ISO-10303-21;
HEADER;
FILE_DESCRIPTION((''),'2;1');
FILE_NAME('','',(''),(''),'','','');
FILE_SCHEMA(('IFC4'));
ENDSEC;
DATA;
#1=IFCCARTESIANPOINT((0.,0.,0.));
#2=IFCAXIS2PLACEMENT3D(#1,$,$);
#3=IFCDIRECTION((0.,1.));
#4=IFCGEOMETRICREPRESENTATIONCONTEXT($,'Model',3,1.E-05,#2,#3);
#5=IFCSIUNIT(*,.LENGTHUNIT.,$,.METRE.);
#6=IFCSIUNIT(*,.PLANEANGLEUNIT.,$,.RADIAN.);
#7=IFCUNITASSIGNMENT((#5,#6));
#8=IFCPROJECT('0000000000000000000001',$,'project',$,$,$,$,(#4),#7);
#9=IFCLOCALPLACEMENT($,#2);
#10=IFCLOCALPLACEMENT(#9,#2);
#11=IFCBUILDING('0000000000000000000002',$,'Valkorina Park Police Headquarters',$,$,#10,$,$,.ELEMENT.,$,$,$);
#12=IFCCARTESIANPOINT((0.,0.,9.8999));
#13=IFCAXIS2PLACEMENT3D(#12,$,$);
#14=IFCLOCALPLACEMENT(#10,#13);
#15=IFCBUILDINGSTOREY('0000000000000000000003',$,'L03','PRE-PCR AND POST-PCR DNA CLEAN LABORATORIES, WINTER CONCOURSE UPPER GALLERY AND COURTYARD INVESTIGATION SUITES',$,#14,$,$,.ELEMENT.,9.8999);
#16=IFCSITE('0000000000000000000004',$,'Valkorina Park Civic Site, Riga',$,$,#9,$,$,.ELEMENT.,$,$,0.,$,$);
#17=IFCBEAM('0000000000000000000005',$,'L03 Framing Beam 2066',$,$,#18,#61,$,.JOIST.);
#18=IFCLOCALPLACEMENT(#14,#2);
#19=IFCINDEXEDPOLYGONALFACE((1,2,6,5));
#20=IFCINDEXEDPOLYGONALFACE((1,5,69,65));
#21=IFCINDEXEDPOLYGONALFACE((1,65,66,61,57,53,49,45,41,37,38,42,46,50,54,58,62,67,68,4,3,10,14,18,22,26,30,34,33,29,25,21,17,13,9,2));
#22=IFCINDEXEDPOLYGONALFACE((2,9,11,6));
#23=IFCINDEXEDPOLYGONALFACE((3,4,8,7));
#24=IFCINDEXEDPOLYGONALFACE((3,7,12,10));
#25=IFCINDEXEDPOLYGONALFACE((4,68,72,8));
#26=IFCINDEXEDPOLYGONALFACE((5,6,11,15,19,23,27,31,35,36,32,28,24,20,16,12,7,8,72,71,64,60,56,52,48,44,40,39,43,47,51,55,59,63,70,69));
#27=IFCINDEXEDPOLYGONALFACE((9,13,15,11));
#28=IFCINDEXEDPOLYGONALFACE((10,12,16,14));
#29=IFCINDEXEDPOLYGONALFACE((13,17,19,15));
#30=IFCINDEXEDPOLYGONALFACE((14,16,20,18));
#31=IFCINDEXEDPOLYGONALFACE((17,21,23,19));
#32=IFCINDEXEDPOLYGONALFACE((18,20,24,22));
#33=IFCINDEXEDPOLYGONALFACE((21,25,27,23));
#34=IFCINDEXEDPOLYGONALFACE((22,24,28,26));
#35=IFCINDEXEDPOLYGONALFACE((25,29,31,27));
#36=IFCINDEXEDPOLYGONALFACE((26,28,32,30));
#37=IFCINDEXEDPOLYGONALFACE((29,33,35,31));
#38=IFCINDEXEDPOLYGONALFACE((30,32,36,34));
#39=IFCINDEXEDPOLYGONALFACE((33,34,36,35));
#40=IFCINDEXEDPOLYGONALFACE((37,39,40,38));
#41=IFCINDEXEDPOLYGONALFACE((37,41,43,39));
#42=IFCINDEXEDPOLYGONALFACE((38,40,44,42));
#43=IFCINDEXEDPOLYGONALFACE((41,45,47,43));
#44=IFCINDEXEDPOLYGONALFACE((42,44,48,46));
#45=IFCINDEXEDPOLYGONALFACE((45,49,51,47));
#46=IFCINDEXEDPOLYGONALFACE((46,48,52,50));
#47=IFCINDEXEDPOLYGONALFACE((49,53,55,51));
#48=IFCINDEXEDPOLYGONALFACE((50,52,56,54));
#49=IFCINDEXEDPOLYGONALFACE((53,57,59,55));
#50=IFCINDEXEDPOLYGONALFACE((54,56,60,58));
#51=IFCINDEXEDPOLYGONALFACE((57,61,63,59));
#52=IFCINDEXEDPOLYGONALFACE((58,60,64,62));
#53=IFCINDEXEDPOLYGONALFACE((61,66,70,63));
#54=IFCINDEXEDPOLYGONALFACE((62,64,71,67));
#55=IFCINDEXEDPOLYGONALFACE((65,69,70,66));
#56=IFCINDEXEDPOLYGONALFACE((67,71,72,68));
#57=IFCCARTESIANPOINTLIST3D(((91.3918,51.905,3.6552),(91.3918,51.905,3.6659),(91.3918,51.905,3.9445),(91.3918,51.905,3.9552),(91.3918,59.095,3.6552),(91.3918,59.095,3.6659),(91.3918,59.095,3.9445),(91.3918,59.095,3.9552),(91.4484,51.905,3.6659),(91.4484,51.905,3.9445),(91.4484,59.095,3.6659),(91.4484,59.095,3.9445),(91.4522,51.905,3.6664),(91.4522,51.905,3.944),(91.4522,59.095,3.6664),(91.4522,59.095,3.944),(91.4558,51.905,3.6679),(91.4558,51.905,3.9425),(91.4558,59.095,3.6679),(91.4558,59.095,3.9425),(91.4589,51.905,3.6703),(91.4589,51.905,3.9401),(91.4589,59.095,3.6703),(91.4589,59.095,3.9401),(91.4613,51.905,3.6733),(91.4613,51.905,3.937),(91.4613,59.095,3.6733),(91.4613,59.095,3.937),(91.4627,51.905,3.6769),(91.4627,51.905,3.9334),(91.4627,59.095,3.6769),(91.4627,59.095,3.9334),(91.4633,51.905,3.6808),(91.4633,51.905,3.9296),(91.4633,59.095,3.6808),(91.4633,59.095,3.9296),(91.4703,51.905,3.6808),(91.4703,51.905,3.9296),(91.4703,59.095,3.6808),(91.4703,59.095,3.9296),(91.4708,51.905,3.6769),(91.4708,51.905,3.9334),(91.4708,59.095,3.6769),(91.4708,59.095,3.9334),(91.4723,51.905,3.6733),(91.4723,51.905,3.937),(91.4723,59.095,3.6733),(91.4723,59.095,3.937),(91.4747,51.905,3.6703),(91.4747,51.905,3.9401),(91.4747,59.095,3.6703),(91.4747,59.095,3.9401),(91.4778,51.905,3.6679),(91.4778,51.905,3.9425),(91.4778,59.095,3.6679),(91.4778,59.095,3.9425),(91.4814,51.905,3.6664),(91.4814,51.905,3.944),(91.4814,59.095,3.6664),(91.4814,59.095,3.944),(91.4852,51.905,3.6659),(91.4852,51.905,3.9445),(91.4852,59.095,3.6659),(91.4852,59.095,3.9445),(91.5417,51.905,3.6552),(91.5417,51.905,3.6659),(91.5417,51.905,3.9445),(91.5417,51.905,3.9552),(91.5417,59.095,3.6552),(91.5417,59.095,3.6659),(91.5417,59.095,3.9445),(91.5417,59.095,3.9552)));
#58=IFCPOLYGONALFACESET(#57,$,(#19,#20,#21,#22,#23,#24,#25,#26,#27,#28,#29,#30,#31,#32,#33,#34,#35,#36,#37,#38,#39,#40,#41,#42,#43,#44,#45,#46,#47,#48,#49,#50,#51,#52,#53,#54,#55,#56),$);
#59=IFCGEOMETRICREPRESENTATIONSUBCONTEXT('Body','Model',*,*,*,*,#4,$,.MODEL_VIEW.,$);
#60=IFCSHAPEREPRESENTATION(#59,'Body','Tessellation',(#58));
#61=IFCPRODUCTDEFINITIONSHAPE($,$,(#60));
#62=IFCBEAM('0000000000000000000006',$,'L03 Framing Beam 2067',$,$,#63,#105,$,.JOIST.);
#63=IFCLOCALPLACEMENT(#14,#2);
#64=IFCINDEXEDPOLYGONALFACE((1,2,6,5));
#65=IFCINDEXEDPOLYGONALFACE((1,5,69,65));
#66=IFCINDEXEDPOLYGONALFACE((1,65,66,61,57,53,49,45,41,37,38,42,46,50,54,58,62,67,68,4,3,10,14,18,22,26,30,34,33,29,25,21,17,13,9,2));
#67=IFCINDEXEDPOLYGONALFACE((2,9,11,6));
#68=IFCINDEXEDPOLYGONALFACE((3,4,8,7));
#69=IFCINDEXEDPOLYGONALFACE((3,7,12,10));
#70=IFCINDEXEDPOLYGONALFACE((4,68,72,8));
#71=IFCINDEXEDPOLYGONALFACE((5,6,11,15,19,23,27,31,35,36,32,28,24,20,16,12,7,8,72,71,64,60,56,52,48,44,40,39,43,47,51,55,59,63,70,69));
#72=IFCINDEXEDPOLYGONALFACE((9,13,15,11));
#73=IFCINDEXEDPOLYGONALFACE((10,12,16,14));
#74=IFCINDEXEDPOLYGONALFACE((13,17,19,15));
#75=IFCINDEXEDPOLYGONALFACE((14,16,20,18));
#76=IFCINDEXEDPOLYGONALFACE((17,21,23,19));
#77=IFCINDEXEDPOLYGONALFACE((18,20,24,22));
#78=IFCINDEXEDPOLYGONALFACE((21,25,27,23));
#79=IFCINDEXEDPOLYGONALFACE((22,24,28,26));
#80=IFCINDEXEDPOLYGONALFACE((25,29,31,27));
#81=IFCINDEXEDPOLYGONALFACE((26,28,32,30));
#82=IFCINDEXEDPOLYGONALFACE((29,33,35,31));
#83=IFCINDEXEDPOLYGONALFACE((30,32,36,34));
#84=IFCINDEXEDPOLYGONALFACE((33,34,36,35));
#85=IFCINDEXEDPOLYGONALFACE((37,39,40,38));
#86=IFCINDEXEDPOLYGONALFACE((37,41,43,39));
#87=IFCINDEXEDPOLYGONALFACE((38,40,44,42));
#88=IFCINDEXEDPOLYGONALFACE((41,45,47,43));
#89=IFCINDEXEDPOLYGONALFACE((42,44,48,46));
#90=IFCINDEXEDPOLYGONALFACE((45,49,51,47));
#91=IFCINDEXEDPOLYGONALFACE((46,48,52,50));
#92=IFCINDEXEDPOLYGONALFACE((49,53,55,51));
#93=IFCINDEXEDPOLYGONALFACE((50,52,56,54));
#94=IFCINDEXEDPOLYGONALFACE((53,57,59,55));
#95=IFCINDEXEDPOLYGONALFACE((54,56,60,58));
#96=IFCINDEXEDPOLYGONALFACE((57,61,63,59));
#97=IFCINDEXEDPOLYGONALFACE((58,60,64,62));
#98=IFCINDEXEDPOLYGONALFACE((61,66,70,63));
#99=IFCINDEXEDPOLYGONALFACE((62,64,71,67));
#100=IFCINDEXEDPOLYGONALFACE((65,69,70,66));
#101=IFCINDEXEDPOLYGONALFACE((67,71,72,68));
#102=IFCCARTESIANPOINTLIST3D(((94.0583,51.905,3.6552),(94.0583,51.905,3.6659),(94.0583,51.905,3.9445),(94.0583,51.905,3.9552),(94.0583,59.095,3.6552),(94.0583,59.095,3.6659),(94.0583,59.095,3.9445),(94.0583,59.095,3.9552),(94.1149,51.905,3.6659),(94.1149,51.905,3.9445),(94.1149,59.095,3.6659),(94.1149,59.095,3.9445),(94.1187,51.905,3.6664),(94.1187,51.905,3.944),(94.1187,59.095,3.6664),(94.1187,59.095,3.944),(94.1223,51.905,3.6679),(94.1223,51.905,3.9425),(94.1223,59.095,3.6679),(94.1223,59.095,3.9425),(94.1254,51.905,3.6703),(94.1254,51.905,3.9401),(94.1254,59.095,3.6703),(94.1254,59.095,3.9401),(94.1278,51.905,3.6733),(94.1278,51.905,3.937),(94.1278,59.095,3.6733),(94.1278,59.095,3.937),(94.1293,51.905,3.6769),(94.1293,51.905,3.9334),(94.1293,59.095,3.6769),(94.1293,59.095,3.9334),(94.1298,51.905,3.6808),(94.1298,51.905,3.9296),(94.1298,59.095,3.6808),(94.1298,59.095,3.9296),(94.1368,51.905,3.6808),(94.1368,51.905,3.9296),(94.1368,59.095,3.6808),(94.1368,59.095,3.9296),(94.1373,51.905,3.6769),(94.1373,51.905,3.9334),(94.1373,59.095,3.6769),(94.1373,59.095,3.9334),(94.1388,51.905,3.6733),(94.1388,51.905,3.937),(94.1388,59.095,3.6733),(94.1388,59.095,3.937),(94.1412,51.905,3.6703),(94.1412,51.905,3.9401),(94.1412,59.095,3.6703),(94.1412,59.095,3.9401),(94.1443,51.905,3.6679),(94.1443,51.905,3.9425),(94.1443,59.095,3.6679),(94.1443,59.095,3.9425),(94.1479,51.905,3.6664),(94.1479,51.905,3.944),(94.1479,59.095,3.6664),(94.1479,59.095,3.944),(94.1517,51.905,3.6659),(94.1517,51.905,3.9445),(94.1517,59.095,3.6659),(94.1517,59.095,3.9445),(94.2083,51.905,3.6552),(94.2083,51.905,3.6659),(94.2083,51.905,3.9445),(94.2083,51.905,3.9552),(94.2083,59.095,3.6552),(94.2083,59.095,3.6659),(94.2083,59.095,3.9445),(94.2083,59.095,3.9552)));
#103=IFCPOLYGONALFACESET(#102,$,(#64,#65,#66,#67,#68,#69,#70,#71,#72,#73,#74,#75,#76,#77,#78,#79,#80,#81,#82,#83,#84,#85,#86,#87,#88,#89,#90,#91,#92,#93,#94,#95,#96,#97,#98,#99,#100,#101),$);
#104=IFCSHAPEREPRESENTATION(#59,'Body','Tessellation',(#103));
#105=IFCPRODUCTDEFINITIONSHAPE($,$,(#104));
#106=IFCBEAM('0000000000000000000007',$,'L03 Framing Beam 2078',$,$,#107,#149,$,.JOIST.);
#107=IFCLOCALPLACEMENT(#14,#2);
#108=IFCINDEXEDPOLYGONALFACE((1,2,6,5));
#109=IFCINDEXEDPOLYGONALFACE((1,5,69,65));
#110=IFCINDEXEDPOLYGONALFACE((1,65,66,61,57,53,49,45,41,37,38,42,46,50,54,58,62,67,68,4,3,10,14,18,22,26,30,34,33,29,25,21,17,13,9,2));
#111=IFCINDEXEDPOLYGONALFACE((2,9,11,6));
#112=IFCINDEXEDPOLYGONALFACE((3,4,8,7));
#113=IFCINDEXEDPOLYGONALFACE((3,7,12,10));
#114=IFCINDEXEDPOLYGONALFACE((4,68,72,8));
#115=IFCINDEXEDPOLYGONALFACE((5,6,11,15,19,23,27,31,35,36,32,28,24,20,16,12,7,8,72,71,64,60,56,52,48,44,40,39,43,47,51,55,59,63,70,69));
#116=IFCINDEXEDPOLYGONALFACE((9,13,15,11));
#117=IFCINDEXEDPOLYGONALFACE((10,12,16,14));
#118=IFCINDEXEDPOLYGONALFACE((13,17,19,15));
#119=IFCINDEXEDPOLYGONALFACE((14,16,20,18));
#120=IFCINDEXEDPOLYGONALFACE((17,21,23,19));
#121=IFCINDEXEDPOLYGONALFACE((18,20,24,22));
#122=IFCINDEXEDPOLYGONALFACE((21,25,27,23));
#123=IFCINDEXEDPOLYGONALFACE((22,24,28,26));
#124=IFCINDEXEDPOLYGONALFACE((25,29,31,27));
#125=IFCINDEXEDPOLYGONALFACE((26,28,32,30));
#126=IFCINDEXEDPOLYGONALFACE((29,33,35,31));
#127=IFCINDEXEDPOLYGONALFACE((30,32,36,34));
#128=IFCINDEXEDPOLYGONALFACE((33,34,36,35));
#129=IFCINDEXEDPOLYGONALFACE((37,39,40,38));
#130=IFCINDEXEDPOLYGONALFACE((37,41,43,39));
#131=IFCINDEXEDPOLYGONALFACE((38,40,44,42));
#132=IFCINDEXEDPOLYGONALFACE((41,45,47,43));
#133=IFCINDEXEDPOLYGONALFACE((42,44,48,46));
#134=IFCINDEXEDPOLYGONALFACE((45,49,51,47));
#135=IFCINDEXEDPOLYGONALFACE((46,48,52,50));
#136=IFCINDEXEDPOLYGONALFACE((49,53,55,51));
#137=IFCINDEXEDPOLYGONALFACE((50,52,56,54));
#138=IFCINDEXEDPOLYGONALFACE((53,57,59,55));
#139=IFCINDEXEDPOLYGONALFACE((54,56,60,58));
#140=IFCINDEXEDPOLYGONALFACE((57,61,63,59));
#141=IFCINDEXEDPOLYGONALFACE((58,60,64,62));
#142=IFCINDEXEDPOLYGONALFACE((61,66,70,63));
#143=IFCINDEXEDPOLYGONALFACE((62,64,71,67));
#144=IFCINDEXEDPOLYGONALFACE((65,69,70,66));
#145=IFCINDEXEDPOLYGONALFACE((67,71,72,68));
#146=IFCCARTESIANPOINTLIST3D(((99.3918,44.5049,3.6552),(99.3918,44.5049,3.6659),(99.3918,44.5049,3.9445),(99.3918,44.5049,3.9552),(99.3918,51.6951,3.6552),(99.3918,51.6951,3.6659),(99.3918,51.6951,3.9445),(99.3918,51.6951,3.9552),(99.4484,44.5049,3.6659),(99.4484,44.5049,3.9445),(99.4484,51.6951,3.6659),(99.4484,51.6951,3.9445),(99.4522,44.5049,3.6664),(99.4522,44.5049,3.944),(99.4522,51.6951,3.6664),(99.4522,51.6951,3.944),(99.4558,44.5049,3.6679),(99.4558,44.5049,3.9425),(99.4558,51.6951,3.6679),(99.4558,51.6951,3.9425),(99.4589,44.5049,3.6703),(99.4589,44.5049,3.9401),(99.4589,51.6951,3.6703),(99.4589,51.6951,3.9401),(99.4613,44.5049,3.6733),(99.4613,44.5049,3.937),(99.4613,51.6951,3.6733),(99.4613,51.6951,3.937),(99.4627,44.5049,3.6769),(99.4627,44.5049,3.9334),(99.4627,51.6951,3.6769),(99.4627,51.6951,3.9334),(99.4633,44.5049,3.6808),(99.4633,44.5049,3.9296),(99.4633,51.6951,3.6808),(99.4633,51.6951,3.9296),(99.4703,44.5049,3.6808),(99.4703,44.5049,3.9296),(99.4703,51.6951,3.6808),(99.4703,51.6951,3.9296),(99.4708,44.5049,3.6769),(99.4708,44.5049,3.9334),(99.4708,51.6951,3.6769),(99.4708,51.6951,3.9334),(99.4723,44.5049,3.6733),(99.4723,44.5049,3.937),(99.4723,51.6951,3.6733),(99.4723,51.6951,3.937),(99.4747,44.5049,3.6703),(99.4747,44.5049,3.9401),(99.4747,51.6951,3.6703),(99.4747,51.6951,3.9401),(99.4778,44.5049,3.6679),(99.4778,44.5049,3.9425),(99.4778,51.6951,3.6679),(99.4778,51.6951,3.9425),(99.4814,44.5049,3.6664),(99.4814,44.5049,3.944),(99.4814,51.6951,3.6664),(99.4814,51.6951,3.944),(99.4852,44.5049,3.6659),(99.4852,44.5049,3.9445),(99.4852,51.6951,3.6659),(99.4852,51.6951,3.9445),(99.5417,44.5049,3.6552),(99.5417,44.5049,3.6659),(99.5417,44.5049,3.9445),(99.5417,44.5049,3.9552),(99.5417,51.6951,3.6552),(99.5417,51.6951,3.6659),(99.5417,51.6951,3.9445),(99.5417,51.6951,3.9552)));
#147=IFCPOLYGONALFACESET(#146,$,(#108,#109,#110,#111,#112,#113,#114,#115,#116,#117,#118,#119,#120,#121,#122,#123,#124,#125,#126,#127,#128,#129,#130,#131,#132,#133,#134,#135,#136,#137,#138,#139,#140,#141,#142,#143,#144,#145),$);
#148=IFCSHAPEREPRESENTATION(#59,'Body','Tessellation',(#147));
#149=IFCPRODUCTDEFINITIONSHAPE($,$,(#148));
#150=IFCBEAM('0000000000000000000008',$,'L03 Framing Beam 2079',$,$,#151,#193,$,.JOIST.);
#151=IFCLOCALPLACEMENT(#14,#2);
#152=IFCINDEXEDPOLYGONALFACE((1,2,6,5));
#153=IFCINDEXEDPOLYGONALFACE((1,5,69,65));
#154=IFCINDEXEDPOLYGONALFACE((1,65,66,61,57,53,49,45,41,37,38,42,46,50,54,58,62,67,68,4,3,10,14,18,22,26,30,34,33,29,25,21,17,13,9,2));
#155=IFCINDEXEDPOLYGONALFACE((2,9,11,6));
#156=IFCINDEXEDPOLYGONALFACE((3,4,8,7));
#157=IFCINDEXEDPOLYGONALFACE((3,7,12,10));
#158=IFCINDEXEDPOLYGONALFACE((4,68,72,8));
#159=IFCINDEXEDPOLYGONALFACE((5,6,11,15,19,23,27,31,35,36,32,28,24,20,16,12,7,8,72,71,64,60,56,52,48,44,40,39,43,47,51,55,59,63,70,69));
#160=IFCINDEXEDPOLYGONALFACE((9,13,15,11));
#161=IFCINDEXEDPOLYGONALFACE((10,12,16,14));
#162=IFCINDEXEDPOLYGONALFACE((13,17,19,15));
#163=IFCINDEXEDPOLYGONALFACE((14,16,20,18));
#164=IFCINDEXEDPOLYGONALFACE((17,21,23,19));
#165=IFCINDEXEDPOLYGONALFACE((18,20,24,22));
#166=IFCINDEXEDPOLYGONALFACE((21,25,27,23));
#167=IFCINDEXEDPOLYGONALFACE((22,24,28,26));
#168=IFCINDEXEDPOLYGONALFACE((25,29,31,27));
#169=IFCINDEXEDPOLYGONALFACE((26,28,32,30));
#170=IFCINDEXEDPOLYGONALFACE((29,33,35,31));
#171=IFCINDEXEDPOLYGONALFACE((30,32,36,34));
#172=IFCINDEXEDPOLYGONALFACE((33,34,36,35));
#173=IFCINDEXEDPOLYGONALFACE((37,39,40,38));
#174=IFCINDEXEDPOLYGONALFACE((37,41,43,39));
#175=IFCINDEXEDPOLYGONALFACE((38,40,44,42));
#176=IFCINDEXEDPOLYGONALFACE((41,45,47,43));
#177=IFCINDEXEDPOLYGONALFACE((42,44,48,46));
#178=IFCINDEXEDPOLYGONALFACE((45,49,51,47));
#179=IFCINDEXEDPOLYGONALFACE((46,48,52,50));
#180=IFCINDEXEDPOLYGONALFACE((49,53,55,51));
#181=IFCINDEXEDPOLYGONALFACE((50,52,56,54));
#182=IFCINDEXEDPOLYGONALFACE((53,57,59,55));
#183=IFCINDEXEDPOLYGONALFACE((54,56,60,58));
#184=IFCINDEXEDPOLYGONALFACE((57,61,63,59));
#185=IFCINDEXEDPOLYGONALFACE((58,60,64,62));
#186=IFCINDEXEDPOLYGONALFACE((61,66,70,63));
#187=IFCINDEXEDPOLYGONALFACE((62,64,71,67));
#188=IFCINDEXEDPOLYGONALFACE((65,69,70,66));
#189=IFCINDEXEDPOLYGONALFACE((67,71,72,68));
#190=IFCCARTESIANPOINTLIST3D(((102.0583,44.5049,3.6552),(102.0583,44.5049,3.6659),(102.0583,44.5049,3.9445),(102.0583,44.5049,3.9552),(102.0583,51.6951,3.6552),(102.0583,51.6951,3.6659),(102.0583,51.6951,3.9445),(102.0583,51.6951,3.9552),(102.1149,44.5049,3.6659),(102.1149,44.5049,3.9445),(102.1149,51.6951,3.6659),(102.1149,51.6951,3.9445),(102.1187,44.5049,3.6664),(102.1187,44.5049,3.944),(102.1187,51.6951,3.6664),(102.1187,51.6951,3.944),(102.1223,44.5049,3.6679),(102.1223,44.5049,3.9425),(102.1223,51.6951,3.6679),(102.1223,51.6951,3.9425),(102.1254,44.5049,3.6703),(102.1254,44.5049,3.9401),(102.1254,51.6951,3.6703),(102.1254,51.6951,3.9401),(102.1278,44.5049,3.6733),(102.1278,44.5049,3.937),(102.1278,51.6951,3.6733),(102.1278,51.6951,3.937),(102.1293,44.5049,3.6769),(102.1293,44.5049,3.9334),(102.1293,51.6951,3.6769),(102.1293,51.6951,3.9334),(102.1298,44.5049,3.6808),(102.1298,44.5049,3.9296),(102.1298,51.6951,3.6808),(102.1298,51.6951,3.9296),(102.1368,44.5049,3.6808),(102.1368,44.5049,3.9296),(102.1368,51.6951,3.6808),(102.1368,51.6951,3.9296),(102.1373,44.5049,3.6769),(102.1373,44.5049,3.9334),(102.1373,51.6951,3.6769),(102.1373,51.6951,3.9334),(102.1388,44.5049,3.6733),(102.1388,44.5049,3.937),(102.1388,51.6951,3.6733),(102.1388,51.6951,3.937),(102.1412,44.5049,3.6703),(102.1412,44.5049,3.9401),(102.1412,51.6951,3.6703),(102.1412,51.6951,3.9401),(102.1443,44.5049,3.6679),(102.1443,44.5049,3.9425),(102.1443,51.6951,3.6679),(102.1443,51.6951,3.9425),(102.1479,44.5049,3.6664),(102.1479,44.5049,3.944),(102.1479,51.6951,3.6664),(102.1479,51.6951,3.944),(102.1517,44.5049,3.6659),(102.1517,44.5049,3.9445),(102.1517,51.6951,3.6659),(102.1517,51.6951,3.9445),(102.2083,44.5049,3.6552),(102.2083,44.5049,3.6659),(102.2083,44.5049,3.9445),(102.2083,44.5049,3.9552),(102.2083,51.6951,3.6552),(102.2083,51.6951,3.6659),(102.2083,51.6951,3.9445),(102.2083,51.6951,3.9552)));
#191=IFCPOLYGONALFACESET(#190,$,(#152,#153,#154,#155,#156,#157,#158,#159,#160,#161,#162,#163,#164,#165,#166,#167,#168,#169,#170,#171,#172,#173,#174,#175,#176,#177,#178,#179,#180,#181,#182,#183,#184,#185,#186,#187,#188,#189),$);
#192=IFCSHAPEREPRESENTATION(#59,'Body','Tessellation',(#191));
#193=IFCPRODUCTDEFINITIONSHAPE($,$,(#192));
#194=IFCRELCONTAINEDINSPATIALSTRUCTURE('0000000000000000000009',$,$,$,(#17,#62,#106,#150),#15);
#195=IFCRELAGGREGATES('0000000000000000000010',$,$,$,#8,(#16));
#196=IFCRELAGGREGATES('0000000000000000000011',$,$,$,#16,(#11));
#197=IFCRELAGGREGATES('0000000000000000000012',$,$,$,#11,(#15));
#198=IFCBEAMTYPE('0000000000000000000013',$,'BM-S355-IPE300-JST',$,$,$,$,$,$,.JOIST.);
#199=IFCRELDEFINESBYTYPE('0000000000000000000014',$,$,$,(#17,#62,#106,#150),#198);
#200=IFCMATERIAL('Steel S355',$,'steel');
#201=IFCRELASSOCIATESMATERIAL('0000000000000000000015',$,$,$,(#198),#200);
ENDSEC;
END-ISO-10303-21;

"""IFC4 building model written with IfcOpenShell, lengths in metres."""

from ifc_helpers import new_model, si_unit, direction, frame, origin, origin_2d, place, context, subcontext, project, spatial, i_section, extrude, material, material_profile, profile_set, type_object, element, save


model = new_model("IFC4")

# Units and contexts
model_context = context("Model", 3, precision=1e-05, world=origin(), true_north=direction((0.0, 1.0)))
body_context = subcontext(model_context, "Body", "Model", "MODEL_VIEW")
ifc_project = project(units=[si_unit("LENGTHUNIT", "METRE"), si_unit("PLANEANGLEUNIT", "RADIAN")], contexts=[model_context])

# Site, building, storey
site_placement = place(None, origin())
site = spatial("IfcSite", under=ifc_project, at=site_placement, Name="Valkorina Park Civic Site, Riga", CompositionType="ELEMENT", RefElevation=0.0)
building_placement = place(site_placement, origin())
building = spatial("IfcBuilding", under=site, at=building_placement, Name="Valkorina Park Police Headquarters", CompositionType="ELEMENT")
storey_placement = place(building_placement, frame((0.0, 0.0, 9.8999)))
storey = spatial("IfcBuildingStorey", under=building, at=storey_placement, Name="L03", Description="PRE-PCR AND POST-PCR DNA CLEAN LABORATORIES, WINTER CONCOURSE UPPER GALLERY AND COURTYARD INVESTIGATION SUITES", CompositionType="ELEMENT", Elevation=9.8999)

# Shared definitions
ifc_material_1 = material(Name="Steel S355", Category="steel")

# Beams
ifc_material_profile_1 = material_profile(ifc_material_1, i_section(OverallWidth=0.1499, OverallDepth=0.3, WebThickness=0.0071, FlangeThickness=0.0107, FilletRadius=0.0149, at=origin_2d()), Name="IPE 300")
ifc_profile_set_1 = profile_set([ifc_material_profile_1], Name="Steel S355")
beam_type_1 = type_object("IfcBeamType", Name="BM-S355-IPE300-JST", PredefinedType="JOIST", material=ifc_profile_set_1)
for number, where, z_axis, x_axis, name in (
    (1, (91.4668, 51.905, 3.8052), (0.0, 1.0, 0.0), (-1.0, 0.0, 0.0), "L03 Framing Beam 2066"),
    (2, (94.1333, 51.905, 3.8052), (0.0, 1.0, 0.0), (-1.0, 0.0, 0.0), "L03 Framing Beam 2067"),
):
    element("IfcBeam", number, at=place(storey_placement, frame(where, z_axis=z_axis, x_axis=x_axis)), inside=storey, type_object=beam_type_1, Name=name, PredefinedType="JOIST", context=body_context, shape_type="SweptSolid", body=[
        extrude(i_section(OverallWidth=0.1499, OverallDepth=0.3, WebThickness=0.0071, FlangeThickness=0.0107, FilletRadius=0.0149, at=origin_2d()), origin(), (0.0, 0.0, 1.0), 7.1899),
    ])
for number, where, z_axis, x_axis, name in (
    (3, (99.4668, 44.5049, 3.8052), (0.0, 1.0, 0.0), (-1.0, 0.0, 0.0), "L03 Framing Beam 2078"),
    (4, (102.1333, 44.5049, 3.8052), (0.0, 1.0, 0.0), (-1.0, 0.0, 0.0), "L03 Framing Beam 2079"),
):
    element("IfcBeam", number, at=place(storey_placement, frame(where, z_axis=z_axis, x_axis=x_axis)), inside=storey, type_object=beam_type_1, Name=name, PredefinedType="JOIST", context=body_context, shape_type="SweptSolid", body=[
        extrude(i_section(OverallWidth=0.1499, OverallDepth=0.3, WebThickness=0.0071, FlangeThickness=0.0107, FilletRadius=0.0149, at=origin_2d()), origin(), (0.0, 0.0, 1.0), 7.1902),
    ])

save(model, "model.ifc")
